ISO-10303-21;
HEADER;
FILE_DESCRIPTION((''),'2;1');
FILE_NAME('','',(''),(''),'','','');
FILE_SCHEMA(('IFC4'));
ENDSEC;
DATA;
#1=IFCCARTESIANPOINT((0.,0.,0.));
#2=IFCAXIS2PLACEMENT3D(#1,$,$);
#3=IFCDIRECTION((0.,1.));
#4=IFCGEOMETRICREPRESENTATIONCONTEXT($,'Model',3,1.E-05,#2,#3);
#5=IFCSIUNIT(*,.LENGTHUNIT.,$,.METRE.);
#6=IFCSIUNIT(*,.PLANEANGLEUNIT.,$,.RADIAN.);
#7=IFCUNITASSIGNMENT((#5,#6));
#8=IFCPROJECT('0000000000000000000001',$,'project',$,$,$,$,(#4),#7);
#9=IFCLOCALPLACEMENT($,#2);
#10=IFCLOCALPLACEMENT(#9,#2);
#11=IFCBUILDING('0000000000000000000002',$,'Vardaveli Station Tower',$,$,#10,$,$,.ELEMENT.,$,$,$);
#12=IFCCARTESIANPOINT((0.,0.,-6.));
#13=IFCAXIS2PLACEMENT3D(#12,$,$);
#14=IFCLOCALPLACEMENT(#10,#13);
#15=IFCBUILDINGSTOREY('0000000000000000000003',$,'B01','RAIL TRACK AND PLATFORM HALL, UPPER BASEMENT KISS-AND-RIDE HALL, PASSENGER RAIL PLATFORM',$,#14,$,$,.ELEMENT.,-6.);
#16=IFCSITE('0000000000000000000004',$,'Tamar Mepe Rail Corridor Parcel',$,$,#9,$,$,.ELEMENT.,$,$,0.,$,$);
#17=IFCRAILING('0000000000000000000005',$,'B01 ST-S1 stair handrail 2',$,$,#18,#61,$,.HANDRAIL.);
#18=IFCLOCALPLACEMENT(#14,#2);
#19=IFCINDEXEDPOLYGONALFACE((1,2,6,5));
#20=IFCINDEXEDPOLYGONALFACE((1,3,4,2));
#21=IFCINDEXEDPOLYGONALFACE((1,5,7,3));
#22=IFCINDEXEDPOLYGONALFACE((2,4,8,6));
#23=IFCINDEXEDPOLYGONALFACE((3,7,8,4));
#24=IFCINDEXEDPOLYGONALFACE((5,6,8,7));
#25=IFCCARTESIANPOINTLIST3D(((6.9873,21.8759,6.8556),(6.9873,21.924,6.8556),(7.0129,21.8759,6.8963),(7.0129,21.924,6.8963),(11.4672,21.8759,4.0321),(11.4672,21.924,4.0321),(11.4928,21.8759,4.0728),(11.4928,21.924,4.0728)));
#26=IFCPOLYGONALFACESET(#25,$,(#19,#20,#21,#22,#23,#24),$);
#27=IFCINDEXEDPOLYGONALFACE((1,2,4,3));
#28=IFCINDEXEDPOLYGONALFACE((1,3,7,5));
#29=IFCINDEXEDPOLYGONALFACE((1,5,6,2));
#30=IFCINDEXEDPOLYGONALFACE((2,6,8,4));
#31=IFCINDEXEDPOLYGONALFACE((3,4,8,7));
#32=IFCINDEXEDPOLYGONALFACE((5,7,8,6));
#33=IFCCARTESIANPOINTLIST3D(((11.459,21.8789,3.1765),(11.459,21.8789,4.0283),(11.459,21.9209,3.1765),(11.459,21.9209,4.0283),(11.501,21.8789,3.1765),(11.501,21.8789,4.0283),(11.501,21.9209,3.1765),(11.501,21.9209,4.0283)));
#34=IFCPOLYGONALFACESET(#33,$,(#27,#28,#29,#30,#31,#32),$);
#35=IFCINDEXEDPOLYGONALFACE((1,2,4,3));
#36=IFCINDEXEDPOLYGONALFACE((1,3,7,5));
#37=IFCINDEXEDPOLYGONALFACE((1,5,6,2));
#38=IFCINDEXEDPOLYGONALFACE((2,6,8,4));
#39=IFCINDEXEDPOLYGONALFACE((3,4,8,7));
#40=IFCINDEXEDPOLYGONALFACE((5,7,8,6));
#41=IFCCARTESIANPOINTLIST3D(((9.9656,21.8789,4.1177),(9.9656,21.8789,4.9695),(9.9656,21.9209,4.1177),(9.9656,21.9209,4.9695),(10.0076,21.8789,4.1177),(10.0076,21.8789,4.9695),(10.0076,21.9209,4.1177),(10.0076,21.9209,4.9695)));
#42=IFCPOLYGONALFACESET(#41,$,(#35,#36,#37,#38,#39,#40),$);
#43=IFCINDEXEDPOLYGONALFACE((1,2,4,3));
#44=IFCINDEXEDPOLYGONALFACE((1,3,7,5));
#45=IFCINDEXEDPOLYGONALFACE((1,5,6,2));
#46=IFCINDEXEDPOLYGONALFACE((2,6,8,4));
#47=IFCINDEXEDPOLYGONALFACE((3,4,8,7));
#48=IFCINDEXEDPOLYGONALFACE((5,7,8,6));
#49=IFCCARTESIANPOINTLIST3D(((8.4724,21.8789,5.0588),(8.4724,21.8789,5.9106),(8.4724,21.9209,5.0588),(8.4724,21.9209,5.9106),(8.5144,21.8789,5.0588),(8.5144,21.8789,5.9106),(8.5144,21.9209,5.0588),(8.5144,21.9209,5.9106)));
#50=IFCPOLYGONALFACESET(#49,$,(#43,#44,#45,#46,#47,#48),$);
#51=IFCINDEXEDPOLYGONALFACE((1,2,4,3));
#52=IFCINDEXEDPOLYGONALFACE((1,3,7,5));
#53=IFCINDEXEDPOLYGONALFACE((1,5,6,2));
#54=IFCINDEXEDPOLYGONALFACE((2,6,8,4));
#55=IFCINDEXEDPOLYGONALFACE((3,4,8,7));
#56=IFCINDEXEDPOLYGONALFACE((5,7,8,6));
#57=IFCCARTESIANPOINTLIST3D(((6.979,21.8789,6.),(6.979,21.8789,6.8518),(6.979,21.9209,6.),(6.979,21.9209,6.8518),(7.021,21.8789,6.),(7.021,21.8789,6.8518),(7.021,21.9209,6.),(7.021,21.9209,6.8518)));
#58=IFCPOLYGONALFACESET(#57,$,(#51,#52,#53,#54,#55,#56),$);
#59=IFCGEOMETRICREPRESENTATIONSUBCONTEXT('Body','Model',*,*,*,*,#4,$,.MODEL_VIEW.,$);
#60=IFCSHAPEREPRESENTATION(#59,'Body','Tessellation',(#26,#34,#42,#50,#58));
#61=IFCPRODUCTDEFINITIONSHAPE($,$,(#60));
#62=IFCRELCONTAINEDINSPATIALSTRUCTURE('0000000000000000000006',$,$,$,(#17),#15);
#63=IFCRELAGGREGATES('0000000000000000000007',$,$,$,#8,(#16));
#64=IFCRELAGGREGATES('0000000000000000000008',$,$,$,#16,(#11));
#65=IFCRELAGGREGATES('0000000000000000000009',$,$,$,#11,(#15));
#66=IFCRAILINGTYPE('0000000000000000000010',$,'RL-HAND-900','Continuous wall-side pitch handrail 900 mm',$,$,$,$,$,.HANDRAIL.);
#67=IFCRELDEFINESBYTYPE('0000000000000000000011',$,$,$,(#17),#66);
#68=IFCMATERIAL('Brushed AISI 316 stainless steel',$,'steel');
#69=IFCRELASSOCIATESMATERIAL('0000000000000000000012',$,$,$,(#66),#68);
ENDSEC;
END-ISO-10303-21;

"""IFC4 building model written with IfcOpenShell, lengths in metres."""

from ifc_helpers import new_model, si_unit, direction, frame, origin, origin_2d, place, context, subcontext, project, spatial, rectangle, extrude, source, transform, mapped, material, type_object, element, save


model = new_model("IFC4")

# Units and contexts
model_context = context("Model", 3, precision=1e-05, world=origin(), true_north=direction((0.0, 1.0)))
body_context = subcontext(model_context, "Body", "Model", "MODEL_VIEW")
ifc_project = project(units=[si_unit("LENGTHUNIT", "METRE"), si_unit("PLANEANGLEUNIT", "RADIAN")], contexts=[model_context])

# Site, building, storey
site_placement = place(None, origin())
site = spatial("IfcSite", under=ifc_project, at=site_placement, Name="Tamar Mepe Rail Corridor Parcel", CompositionType="ELEMENT", RefElevation=0.0)
building_placement = place(site_placement, origin())
building = spatial("IfcBuilding", under=site, at=building_placement, Name="Vardaveli Station Tower", CompositionType="ELEMENT")
storey_placement = place(building_placement, frame((0.0, 0.0, -6.0)))
storey = spatial("IfcBuildingStorey", under=building, at=storey_placement, Name="B01", Description="RAIL TRACK AND PLATFORM HALL, UPPER BASEMENT KISS-AND-RIDE HALL, PASSENGER RAIL PLATFORM", CompositionType="ELEMENT", Elevation=-6.0)

# Railing
ifc_material_1 = material(Name="Brushed AISI 316 stainless steel", Category="steel")
railing_type = type_object("IfcRailingType", Name="RL-HAND-900", Description="Continuous wall-side pitch handrail 900 mm", PredefinedType="HANDRAIL", material=ifc_material_1)
shared_shape_1 = source(origin(), body_context, "Body", "SweptSolid", [
    extrude(rectangle(XDim=0.0481, YDim=0.0481, at=origin_2d()), frame((0.0, 0.0, 0.876), z_axis=(-0.845998, 0.0, 0.533186), x_axis=(0.0, -1.0, 0.0)), (0.0, 0.0, 1.0), 5.2954),
    extrude(rectangle(XDim=0.042, YDim=0.042, at=origin_2d()), origin(), (0.0, 0.0, 1.0), 0.8518),
    extrude(rectangle(XDim=0.042, YDim=0.042, at=origin_2d()), frame((-1.4934, 0.0, 0.9412)), (0.0, 0.0, 1.0), 0.8518),
    extrude(rectangle(XDim=0.042, YDim=0.042, at=origin_2d()), frame((-2.9866, 0.0, 1.8823)), (0.0, 0.0, 1.0), 0.8518),
    extrude(rectangle(XDim=0.042, YDim=0.042, at=origin_2d()), frame((-4.48, 0.0, 2.8235)), (0.0, 0.0, 1.0), 0.8518),
])
railing_placement = place(storey_placement, frame((11.48, 21.8999, 3.1765)))
element("IfcRailing", 1, at=railing_placement, inside=storey, type_object=railing_type, Name="B01 ST-S1 stair handrail 2", PredefinedType="HANDRAIL", context=body_context, shape_type="MappedRepresentation", body=[
    mapped(shared_shape_1, transform((0.0, 0.0, 0.0), scale=1.0)),
])

save(model, "model.ifc")
